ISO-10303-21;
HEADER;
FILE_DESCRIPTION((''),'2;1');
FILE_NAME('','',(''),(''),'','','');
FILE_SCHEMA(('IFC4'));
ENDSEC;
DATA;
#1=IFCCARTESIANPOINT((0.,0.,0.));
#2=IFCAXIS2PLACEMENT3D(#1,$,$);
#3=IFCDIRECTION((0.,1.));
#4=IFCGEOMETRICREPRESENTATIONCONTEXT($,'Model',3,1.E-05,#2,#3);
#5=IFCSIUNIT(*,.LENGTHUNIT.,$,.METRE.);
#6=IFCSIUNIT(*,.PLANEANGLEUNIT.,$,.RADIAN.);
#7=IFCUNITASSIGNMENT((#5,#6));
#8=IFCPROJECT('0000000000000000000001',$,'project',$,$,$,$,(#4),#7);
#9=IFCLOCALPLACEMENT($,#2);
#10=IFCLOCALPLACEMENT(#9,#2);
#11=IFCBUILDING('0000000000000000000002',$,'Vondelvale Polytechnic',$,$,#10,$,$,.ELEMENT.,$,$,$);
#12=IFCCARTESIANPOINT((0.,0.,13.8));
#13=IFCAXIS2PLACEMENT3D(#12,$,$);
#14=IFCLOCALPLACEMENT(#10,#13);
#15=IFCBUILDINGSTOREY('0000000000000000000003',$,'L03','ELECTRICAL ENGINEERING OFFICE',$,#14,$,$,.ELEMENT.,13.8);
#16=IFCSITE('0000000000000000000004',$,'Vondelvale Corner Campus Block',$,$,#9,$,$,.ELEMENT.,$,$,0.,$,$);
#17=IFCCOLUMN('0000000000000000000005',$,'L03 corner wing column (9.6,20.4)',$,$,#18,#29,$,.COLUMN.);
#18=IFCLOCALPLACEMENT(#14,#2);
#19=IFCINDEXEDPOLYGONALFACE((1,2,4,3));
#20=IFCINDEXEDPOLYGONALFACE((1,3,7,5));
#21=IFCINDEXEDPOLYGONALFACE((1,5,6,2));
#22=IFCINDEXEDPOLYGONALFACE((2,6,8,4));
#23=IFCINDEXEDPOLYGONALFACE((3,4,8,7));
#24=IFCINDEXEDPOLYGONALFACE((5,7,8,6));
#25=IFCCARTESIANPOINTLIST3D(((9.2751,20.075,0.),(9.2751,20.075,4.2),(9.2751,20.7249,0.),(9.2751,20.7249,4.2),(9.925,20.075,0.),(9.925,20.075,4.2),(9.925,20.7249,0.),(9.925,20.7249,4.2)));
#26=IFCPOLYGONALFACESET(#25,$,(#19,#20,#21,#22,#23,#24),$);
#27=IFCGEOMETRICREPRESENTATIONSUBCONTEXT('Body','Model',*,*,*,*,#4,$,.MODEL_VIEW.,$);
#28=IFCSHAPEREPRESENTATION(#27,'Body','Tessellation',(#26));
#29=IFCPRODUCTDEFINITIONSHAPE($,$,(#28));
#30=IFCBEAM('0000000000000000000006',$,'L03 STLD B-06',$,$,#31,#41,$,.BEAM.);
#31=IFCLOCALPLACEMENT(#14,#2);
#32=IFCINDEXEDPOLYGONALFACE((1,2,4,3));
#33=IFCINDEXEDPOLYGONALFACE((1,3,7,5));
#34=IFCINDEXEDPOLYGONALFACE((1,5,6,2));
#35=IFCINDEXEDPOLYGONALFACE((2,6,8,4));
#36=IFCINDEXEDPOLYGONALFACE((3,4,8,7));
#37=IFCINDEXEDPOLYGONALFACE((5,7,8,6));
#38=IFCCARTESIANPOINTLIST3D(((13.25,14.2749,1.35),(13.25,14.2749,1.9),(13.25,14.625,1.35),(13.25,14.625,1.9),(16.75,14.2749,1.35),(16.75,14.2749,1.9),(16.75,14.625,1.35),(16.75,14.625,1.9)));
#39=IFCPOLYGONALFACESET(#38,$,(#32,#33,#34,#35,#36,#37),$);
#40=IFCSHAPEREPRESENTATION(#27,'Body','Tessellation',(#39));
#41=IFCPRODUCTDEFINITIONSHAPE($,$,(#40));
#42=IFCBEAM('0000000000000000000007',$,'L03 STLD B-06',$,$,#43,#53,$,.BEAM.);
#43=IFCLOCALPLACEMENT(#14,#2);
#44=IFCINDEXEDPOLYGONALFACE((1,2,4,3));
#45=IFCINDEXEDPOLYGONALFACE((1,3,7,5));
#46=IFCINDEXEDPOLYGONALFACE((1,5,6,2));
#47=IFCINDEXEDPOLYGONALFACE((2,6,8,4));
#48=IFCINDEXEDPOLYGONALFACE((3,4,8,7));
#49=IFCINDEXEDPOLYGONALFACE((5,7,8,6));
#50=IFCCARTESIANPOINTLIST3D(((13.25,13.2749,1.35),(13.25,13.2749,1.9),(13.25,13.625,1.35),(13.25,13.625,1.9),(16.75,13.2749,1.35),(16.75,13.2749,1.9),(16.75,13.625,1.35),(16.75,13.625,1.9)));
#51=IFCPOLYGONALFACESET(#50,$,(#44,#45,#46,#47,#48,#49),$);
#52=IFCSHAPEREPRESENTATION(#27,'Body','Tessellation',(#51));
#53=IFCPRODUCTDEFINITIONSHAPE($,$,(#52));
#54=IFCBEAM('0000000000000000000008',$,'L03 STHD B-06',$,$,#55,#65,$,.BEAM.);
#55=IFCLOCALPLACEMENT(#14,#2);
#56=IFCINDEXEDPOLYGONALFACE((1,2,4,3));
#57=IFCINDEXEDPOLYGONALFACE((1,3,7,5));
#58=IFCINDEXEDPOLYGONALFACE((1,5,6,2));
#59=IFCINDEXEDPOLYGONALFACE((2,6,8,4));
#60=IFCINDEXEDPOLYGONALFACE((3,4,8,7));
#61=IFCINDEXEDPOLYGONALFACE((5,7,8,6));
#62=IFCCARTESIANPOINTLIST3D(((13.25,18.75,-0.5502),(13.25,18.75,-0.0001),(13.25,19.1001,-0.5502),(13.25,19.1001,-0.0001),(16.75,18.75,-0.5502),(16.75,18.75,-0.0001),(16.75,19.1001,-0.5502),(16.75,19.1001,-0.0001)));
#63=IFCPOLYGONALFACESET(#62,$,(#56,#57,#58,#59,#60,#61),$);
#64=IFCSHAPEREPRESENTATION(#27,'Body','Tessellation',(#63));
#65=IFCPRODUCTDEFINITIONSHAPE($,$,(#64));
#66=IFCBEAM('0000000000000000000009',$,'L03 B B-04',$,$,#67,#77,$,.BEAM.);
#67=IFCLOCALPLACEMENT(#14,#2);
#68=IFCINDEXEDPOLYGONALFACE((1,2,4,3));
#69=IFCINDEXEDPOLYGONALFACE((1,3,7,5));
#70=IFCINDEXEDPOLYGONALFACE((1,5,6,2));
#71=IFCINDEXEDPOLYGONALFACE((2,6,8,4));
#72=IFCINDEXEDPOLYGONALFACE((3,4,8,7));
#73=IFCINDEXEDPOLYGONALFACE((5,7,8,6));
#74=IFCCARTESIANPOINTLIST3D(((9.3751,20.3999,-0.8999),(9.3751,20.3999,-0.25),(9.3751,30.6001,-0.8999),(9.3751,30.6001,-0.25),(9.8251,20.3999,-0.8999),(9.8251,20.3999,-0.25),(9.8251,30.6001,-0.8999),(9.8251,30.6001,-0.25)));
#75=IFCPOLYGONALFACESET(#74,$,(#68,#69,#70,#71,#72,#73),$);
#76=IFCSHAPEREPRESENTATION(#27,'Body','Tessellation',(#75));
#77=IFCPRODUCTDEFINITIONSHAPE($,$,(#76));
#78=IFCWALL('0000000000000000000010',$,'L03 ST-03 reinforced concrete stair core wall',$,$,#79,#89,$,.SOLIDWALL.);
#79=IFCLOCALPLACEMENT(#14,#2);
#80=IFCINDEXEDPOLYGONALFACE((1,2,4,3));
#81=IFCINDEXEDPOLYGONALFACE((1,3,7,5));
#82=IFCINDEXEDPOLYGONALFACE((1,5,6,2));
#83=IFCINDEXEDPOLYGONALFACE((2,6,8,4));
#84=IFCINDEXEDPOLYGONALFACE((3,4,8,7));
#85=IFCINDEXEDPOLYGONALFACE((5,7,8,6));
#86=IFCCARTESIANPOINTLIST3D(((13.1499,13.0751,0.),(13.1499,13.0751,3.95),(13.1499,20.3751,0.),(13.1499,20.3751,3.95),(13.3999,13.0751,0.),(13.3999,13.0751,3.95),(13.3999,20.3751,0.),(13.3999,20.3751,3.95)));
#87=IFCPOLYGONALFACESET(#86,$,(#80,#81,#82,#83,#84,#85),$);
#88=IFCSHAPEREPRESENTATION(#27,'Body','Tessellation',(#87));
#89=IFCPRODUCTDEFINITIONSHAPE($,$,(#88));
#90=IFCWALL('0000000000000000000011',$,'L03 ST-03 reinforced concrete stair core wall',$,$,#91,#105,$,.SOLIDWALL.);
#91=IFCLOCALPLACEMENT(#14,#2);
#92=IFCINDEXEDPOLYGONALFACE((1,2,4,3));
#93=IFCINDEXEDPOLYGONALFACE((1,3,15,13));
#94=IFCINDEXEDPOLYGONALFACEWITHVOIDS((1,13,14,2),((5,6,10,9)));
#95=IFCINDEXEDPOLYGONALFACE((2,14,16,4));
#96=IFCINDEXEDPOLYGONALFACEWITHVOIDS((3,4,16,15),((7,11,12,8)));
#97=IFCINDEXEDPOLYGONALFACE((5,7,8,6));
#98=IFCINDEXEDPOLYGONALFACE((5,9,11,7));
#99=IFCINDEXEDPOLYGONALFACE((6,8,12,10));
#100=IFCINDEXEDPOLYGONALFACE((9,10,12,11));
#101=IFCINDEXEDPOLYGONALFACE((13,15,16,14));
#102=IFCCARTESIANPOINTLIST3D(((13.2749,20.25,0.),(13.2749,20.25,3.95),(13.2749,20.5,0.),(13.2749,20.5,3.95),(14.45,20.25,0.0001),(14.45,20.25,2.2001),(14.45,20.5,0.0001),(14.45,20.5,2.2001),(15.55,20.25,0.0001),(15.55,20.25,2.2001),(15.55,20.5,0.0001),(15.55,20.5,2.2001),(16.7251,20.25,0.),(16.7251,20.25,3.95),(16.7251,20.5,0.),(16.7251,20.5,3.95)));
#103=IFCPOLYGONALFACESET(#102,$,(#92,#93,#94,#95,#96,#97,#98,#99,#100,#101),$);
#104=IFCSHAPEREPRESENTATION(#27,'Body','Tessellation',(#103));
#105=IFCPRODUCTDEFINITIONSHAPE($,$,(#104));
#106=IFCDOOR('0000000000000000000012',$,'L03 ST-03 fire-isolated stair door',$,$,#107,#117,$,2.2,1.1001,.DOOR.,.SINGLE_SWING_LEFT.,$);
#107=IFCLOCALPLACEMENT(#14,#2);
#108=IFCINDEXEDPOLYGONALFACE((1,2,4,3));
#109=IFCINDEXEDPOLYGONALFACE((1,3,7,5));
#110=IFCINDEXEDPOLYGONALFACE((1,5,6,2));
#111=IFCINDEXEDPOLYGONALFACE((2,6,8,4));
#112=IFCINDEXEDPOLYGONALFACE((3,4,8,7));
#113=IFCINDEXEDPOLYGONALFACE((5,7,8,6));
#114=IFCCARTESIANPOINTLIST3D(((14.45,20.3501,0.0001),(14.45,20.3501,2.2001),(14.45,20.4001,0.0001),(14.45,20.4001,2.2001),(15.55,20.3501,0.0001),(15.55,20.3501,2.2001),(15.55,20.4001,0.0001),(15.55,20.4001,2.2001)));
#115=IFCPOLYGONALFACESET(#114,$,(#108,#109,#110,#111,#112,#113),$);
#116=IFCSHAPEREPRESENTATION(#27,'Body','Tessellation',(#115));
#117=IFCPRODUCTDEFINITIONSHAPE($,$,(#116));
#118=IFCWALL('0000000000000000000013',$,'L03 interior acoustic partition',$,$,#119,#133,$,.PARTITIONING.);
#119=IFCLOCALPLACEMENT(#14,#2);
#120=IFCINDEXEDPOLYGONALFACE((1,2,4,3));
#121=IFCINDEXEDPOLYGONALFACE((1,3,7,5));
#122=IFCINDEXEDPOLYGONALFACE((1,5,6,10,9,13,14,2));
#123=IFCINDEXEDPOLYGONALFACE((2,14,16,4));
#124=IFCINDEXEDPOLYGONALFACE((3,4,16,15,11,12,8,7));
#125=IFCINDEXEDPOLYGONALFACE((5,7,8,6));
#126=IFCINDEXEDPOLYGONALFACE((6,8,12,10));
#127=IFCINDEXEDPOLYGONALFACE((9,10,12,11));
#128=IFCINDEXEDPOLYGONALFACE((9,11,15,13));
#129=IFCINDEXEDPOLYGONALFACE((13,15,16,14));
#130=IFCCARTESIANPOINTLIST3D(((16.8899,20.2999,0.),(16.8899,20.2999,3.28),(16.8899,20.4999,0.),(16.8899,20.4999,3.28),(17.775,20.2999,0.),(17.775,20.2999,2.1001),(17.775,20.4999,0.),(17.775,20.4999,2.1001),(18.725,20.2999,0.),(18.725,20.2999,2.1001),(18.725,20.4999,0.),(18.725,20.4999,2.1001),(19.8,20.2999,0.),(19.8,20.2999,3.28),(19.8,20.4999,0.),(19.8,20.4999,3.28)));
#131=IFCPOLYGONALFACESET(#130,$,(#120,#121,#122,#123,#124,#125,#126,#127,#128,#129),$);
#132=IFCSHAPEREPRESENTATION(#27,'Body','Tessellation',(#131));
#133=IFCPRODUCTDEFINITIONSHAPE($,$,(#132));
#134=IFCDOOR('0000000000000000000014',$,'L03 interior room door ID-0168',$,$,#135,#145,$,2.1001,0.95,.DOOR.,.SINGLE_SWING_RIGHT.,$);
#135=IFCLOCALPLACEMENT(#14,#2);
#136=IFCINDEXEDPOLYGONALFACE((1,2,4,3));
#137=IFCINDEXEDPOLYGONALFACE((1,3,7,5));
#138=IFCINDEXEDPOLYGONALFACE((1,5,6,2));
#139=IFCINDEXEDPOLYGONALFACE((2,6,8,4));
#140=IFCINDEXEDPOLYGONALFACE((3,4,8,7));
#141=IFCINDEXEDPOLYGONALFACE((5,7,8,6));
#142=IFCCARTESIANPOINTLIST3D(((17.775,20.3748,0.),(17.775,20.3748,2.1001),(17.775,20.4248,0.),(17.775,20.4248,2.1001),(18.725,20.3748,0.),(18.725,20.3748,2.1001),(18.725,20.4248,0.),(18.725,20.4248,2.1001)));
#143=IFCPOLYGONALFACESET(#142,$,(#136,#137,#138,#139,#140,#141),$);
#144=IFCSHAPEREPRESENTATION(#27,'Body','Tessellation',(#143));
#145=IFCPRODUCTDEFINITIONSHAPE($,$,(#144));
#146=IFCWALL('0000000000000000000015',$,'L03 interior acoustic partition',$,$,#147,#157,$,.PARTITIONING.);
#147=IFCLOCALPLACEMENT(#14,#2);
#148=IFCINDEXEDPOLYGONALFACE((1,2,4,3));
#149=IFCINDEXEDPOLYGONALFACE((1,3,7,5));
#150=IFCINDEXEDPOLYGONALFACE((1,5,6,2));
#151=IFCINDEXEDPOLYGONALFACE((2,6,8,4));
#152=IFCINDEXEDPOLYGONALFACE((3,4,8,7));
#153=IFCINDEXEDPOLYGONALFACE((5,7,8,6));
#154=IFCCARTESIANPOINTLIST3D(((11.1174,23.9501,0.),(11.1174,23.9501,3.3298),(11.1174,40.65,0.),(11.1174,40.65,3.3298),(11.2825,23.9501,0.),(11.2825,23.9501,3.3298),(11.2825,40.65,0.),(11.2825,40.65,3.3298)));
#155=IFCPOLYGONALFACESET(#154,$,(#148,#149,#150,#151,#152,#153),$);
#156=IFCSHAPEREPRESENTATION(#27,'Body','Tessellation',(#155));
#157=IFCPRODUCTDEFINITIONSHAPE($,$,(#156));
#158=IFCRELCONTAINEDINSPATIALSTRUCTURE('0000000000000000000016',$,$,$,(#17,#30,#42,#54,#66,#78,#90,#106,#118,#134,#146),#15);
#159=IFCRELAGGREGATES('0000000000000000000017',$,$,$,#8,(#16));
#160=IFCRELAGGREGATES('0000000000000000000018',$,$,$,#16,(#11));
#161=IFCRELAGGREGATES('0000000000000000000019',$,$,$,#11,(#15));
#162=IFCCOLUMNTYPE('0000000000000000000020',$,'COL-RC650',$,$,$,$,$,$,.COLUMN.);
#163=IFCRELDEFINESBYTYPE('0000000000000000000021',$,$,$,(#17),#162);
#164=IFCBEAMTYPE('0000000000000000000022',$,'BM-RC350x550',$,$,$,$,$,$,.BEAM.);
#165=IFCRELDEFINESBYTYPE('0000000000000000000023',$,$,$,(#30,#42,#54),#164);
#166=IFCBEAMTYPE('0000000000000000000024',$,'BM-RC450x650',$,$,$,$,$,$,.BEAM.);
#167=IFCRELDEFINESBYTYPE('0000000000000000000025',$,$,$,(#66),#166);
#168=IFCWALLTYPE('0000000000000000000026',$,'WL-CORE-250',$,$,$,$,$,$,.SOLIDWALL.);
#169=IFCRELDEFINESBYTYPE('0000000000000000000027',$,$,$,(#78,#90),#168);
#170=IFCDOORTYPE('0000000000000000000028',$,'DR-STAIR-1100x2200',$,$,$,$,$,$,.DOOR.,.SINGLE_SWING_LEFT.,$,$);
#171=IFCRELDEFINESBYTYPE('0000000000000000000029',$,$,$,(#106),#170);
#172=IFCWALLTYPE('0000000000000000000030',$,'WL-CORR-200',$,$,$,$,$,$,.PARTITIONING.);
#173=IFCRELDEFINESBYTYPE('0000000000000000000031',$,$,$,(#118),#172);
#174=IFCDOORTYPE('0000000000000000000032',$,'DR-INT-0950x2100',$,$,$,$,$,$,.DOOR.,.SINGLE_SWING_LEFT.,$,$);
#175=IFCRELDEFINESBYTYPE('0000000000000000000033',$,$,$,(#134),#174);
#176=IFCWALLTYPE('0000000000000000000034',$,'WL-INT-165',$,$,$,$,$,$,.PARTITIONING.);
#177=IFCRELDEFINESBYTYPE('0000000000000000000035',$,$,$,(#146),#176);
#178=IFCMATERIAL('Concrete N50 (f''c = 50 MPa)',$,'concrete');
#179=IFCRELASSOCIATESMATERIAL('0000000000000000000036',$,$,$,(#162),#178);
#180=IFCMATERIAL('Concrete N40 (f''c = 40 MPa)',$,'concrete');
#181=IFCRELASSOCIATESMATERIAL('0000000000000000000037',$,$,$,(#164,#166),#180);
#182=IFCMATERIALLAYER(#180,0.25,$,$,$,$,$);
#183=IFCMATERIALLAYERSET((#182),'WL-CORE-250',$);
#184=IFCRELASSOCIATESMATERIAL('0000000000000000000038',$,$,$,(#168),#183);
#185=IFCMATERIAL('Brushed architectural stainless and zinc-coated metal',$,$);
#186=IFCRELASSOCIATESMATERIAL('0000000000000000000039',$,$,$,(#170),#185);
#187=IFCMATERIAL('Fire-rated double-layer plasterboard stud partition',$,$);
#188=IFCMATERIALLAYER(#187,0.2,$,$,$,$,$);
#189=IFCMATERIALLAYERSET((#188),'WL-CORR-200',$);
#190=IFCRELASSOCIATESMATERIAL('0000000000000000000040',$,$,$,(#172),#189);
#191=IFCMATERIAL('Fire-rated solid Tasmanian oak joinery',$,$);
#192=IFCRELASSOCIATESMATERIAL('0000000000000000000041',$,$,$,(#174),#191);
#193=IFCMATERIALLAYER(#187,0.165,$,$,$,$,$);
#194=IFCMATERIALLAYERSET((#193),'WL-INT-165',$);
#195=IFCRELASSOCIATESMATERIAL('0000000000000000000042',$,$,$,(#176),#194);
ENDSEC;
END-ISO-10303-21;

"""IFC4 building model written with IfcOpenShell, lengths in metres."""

from ifc_helpers import new_model, si_unit, direction, frame, frame_2d, origin, origin_2d, place, context, subcontext, project, spatial, rectangle, extrude, material, layer, layer_set, material_profile, profile_set, type_object, element, fill, save


model = new_model("IFC4")

# Units and contexts
model_context = context("Model", 3, precision=1e-05, world=origin(), true_north=direction((0.0, 1.0)))
body_context = subcontext(model_context, "Body", "Model", "MODEL_VIEW")
ifc_project = project(units=[si_unit("LENGTHUNIT", "METRE"), si_unit("PLANEANGLEUNIT", "RADIAN")], contexts=[model_context])

# Site, building, storey
site_placement = place(None, origin())
site = spatial("IfcSite", under=ifc_project, at=site_placement, Name="Vondelvale Corner Campus Block", CompositionType="ELEMENT", RefElevation=0.0)
building_placement = place(site_placement, origin())
building = spatial("IfcBuilding", under=site, at=building_placement, Name="Vondelvale Polytechnic", CompositionType="ELEMENT")
storey_placement = place(building_placement, frame((0.0, 0.0, 13.8)))
storey = spatial("IfcBuildingStorey", under=building, at=storey_placement, Name="L03", Description="ELECTRICAL ENGINEERING OFFICE", CompositionType="ELEMENT", Elevation=13.8)

# Column
ifc_material_1 = material(Name="Concrete N50 (f'c = 50 MPa)", Category="concrete")
ifc_material_profile_1 = material_profile(ifc_material_1, rectangle(XDim=0.6499, YDim=0.6499, at=origin_2d()), Name="RC-COL-650x650")
ifc_profile_set_1 = profile_set([ifc_material_profile_1], Name="Concrete N50 (f'c = 50 MPa)")
column_type = type_object("IfcColumnType", Name="COL-RC650", PredefinedType="COLUMN", material=ifc_profile_set_1)
column_placement = place(storey_placement, frame((9.6001, 20.3999, 0.0), z_axis=(0.0, 0.0, 1.0), x_axis=(1.0, 0.0, 0.0)))
element("IfcColumn", 1, at=column_placement, inside=storey, type_object=column_type, Name="L03 corner wing column (9.6,20.4)", PredefinedType="COLUMN", context=body_context, shape_type="SweptSolid", body=[
    extrude(rectangle(XDim=0.6499, YDim=0.6499, at=origin_2d()), origin(), (0.0, 0.0, 1.0), 4.2),
])

# Beams
ifc_material_2 = material(Name="Concrete N40 (f'c = 40 MPa)", Category="concrete")
ifc_material_profile_2 = material_profile(ifc_material_2, rectangle(XDim=0.3501, YDim=0.55, at=origin_2d()), Name="RC-BM-350x550")
ifc_profile_set_2 = profile_set([ifc_material_profile_2], Name="Concrete N40 (f'c = 40 MPa)")
beam_type_1 = type_object("IfcBeamType", Name="BM-RC350x550", PredefinedType="BEAM", material=ifc_profile_set_2)
for number, where, z_axis, x_axis, name in (
    (2, (13.25, 14.45, 1.625), (1.0, 0.0, 0.0), (0.0, 1.0, 0.0), "L03 STLD B-06"),
    (3, (13.25, 13.45, 1.625), (1.0, 0.0, 0.0), (0.0, 1.0, 0.0), "L03 STLD B-06"),
    (4, (13.25, 18.925, -0.2751), (1.0, 0.0, 0.0), (0.0, 1.0, 0.0), "L03 STHD B-06"),
):
    element("IfcBeam", number, at=place(storey_placement, frame(where, z_axis=z_axis, x_axis=x_axis)), inside=storey, type_object=beam_type_1, Name=name, PredefinedType="BEAM", context=body_context, shape_type="SweptSolid", body=[
        extrude(rectangle(XDim=0.3501, YDim=0.55, at=origin_2d()), origin(), (0.0, 0.0, 1.0), 3.5),
    ])
ifc_material_profile_3 = material_profile(ifc_material_2, rectangle(XDim=0.45, YDim=0.6499, at=origin_2d()), Name="RC-BM-450x650")
ifc_profile_set_3 = profile_set([ifc_material_profile_3], Name="Concrete N40 (f'c = 40 MPa)")
beam_type_2 = type_object("IfcBeamType", Name="BM-RC450x650", PredefinedType="BEAM", material=ifc_profile_set_3)
beam_placement = place(storey_placement, frame((9.6001, 20.3999, -0.575), z_axis=(0.0, 1.0, 0.0), x_axis=(-1.0, 0.0, 0.0)))
element("IfcBeam", 5, at=beam_placement, inside=storey, type_object=beam_type_2, Name="L03 B B-04", PredefinedType="BEAM", context=body_context, shape_type="SweptSolid", body=[
    extrude(rectangle(XDim=0.45, YDim=0.6499, at=origin_2d()), origin(), (0.0, 0.0, 1.0), 10.2002),
])

# Wall
ifc_layer_1 = layer(ifc_material_2, 0.25)
ifc_layer_set_1 = layer_set([ifc_layer_1], Name="WL-CORE-250")
wall_type_1 = type_object("IfcWallType", Name="WL-CORE-250", PredefinedType="SOLIDWALL", material=ifc_layer_set_1)
wall_1_placement = place(storey_placement, frame((13.2749, 20.375, 0.0), z_axis=(0.0, 0.0, 1.0), x_axis=(0.0, -1.0, 0.0)))
element("IfcWall", 6, at=wall_1_placement, inside=storey, type_object=wall_type_1, Name="L03 ST-03 reinforced concrete stair core wall", PredefinedType="SOLIDWALL", context=body_context, shape_type="SweptSolid", body=[
    extrude(rectangle(XDim=7.3, YDim=0.25, at=frame_2d((3.6499, 0.0))), origin(), (0.0, 0.0, 1.0), 3.95),
])

# Walls, openings, doors
wall_2_placement = place(storey_placement, frame((16.7251, 20.375, 0.0), z_axis=(0.0, 0.0, 1.0), x_axis=(-1.0, 0.0, 0.0)))
wall_2 = element("IfcWall", 7, at=wall_2_placement, inside=storey, type_object=wall_type_1, Name="L03 ST-03 reinforced concrete stair core wall", PredefinedType="SOLIDWALL", context=body_context, shape_type="SweptSolid", body=[
    extrude(rectangle(XDim=3.4502, YDim=0.25, at=frame_2d((1.7251, 0.0))), origin(), (0.0, 0.0, 1.0), 3.95),
])
opening_1_placement = place(wall_2_placement, frame((1.175, 0.0, 0.0)))
opening_1 = element("IfcOpeningElement", 8, at=opening_1_placement, cuts=wall_2, PredefinedType="OPENING", context=body_context, shape_type="SweptSolid", body=[
    extrude(rectangle(XDim=1.1001, YDim=2.2, at=frame_2d((0.55, 1.1001))), frame((0.0, 0.135, 0.0), z_axis=(0.0, -1.0, 0.0), x_axis=(1.0, 0.0, 0.0)), (0.0, 0.0, 1.0), 0.27),
])
ifc_material_3 = material(Name="Brushed architectural stainless and zinc-coated metal")
door_type_1 = type_object("IfcDoorType", Name="DR-STAIR-1100x2200", OperationType="SINGLE_SWING_LEFT", PredefinedType="DOOR", material=ifc_material_3)
door_1_placement = place(opening_1_placement, origin())
door_1 = element("IfcDoor", 9, at=door_1_placement, inside=storey, type_object=door_type_1, Name="L03 ST-03 fire-isolated stair door", OperationType="SINGLE_SWING_LEFT", OverallHeight=2.2, OverallWidth=1.1001, PredefinedType="DOOR", context=body_context, shape_type="SweptSolid", body=[
    extrude(rectangle(XDim=1.1001, YDim=2.2, at=frame_2d((0.55, 1.1001))), frame((0.0, 0.0249, 0.0), z_axis=(0.0, -1.0, 0.0), x_axis=(1.0, 0.0, 0.0)), (0.0, 0.0, 1.0), 0.05),
])
fill(opening_1, door_1)
ifc_material_4 = material(Name="Fire-rated double-layer plasterboard stud partition")
ifc_layer_2 = layer(ifc_material_4, 0.2)
ifc_layer_set_2 = layer_set([ifc_layer_2], Name="WL-CORR-200")
wall_type_2 = type_object("IfcWallType", Name="WL-CORR-200", PredefinedType="PARTITIONING", material=ifc_layer_set_2)
wall_3_placement = place(storey_placement, frame((16.8899, 20.3999, 0.0), z_axis=(0.0, 0.0, 1.0), x_axis=(1.0, 0.0, 0.0)))
wall_3 = element("IfcWall", 10, at=wall_3_placement, inside=storey, type_object=wall_type_2, Name="L03 interior acoustic partition", PredefinedType="PARTITIONING", context=body_context, shape_type="SweptSolid", body=[
    extrude(rectangle(XDim=2.9102, YDim=0.2, at=frame_2d((1.4551, 0.0))), origin(), (0.0, 0.0, 1.0), 3.28),
])
opening_2_placement = place(wall_3_placement, frame((0.885, 0.0, 0.0)))
opening_2 = element("IfcOpeningElement", 11, at=opening_2_placement, cuts=wall_3, PredefinedType="OPENING", context=body_context, shape_type="SweptSolid", body=[
    extrude(rectangle(XDim=0.95, YDim=2.1001, at=frame_2d((0.4751, 1.05))), frame((0.0, 0.1099, 0.0), z_axis=(0.0, -1.0, 0.0), x_axis=(1.0, 0.0, 0.0)), (0.0, 0.0, 1.0), 0.22),
])
ifc_material_5 = material(Name="Fire-rated solid Tasmanian oak joinery")
door_type_2 = type_object("IfcDoorType", Name="DR-INT-0950x2100", OperationType="SINGLE_SWING_LEFT", PredefinedType="DOOR", material=ifc_material_5)
door_2_placement = place(opening_2_placement, origin())
door_2 = element("IfcDoor", 12, at=door_2_placement, inside=storey, type_object=door_type_2, Name="L03 interior room door ID-0168", OperationType="SINGLE_SWING_RIGHT", OverallHeight=2.1001, OverallWidth=0.95, PredefinedType="DOOR", context=body_context, shape_type="SweptSolid", body=[
    extrude(rectangle(XDim=0.95, YDim=2.1001, at=frame_2d((0.4751, 1.05))), frame((0.0, 0.0249, 0.0), z_axis=(0.0, -1.0, 0.0), x_axis=(1.0, 0.0, 0.0)), (0.0, 0.0, 1.0), 0.05),
])
fill(opening_2, door_2)

# Wall
ifc_layer_3 = layer(ifc_material_4, 0.165)
ifc_layer_set_3 = layer_set([ifc_layer_3], Name="WL-INT-165")
wall_type_3 = type_object("IfcWallType", Name="WL-INT-165", PredefinedType="PARTITIONING", material=ifc_layer_set_3)
wall_4_placement = place(storey_placement, frame((11.2, 23.95, 0.0), z_axis=(0.0, 0.0, 1.0), x_axis=(0.0, 1.0, 0.0)))
element("IfcWall", 13, at=wall_4_placement, inside=storey, type_object=wall_type_3, Name="L03 interior acoustic partition", PredefinedType="PARTITIONING", context=body_context, shape_type="SweptSolid", body=[
    extrude(rectangle(XDim=16.7, YDim=0.165, at=frame_2d((8.3501, 0.0))), origin(), (0.0, 0.0, 1.0), 3.3298),
])

save(model, "model.ifc")
